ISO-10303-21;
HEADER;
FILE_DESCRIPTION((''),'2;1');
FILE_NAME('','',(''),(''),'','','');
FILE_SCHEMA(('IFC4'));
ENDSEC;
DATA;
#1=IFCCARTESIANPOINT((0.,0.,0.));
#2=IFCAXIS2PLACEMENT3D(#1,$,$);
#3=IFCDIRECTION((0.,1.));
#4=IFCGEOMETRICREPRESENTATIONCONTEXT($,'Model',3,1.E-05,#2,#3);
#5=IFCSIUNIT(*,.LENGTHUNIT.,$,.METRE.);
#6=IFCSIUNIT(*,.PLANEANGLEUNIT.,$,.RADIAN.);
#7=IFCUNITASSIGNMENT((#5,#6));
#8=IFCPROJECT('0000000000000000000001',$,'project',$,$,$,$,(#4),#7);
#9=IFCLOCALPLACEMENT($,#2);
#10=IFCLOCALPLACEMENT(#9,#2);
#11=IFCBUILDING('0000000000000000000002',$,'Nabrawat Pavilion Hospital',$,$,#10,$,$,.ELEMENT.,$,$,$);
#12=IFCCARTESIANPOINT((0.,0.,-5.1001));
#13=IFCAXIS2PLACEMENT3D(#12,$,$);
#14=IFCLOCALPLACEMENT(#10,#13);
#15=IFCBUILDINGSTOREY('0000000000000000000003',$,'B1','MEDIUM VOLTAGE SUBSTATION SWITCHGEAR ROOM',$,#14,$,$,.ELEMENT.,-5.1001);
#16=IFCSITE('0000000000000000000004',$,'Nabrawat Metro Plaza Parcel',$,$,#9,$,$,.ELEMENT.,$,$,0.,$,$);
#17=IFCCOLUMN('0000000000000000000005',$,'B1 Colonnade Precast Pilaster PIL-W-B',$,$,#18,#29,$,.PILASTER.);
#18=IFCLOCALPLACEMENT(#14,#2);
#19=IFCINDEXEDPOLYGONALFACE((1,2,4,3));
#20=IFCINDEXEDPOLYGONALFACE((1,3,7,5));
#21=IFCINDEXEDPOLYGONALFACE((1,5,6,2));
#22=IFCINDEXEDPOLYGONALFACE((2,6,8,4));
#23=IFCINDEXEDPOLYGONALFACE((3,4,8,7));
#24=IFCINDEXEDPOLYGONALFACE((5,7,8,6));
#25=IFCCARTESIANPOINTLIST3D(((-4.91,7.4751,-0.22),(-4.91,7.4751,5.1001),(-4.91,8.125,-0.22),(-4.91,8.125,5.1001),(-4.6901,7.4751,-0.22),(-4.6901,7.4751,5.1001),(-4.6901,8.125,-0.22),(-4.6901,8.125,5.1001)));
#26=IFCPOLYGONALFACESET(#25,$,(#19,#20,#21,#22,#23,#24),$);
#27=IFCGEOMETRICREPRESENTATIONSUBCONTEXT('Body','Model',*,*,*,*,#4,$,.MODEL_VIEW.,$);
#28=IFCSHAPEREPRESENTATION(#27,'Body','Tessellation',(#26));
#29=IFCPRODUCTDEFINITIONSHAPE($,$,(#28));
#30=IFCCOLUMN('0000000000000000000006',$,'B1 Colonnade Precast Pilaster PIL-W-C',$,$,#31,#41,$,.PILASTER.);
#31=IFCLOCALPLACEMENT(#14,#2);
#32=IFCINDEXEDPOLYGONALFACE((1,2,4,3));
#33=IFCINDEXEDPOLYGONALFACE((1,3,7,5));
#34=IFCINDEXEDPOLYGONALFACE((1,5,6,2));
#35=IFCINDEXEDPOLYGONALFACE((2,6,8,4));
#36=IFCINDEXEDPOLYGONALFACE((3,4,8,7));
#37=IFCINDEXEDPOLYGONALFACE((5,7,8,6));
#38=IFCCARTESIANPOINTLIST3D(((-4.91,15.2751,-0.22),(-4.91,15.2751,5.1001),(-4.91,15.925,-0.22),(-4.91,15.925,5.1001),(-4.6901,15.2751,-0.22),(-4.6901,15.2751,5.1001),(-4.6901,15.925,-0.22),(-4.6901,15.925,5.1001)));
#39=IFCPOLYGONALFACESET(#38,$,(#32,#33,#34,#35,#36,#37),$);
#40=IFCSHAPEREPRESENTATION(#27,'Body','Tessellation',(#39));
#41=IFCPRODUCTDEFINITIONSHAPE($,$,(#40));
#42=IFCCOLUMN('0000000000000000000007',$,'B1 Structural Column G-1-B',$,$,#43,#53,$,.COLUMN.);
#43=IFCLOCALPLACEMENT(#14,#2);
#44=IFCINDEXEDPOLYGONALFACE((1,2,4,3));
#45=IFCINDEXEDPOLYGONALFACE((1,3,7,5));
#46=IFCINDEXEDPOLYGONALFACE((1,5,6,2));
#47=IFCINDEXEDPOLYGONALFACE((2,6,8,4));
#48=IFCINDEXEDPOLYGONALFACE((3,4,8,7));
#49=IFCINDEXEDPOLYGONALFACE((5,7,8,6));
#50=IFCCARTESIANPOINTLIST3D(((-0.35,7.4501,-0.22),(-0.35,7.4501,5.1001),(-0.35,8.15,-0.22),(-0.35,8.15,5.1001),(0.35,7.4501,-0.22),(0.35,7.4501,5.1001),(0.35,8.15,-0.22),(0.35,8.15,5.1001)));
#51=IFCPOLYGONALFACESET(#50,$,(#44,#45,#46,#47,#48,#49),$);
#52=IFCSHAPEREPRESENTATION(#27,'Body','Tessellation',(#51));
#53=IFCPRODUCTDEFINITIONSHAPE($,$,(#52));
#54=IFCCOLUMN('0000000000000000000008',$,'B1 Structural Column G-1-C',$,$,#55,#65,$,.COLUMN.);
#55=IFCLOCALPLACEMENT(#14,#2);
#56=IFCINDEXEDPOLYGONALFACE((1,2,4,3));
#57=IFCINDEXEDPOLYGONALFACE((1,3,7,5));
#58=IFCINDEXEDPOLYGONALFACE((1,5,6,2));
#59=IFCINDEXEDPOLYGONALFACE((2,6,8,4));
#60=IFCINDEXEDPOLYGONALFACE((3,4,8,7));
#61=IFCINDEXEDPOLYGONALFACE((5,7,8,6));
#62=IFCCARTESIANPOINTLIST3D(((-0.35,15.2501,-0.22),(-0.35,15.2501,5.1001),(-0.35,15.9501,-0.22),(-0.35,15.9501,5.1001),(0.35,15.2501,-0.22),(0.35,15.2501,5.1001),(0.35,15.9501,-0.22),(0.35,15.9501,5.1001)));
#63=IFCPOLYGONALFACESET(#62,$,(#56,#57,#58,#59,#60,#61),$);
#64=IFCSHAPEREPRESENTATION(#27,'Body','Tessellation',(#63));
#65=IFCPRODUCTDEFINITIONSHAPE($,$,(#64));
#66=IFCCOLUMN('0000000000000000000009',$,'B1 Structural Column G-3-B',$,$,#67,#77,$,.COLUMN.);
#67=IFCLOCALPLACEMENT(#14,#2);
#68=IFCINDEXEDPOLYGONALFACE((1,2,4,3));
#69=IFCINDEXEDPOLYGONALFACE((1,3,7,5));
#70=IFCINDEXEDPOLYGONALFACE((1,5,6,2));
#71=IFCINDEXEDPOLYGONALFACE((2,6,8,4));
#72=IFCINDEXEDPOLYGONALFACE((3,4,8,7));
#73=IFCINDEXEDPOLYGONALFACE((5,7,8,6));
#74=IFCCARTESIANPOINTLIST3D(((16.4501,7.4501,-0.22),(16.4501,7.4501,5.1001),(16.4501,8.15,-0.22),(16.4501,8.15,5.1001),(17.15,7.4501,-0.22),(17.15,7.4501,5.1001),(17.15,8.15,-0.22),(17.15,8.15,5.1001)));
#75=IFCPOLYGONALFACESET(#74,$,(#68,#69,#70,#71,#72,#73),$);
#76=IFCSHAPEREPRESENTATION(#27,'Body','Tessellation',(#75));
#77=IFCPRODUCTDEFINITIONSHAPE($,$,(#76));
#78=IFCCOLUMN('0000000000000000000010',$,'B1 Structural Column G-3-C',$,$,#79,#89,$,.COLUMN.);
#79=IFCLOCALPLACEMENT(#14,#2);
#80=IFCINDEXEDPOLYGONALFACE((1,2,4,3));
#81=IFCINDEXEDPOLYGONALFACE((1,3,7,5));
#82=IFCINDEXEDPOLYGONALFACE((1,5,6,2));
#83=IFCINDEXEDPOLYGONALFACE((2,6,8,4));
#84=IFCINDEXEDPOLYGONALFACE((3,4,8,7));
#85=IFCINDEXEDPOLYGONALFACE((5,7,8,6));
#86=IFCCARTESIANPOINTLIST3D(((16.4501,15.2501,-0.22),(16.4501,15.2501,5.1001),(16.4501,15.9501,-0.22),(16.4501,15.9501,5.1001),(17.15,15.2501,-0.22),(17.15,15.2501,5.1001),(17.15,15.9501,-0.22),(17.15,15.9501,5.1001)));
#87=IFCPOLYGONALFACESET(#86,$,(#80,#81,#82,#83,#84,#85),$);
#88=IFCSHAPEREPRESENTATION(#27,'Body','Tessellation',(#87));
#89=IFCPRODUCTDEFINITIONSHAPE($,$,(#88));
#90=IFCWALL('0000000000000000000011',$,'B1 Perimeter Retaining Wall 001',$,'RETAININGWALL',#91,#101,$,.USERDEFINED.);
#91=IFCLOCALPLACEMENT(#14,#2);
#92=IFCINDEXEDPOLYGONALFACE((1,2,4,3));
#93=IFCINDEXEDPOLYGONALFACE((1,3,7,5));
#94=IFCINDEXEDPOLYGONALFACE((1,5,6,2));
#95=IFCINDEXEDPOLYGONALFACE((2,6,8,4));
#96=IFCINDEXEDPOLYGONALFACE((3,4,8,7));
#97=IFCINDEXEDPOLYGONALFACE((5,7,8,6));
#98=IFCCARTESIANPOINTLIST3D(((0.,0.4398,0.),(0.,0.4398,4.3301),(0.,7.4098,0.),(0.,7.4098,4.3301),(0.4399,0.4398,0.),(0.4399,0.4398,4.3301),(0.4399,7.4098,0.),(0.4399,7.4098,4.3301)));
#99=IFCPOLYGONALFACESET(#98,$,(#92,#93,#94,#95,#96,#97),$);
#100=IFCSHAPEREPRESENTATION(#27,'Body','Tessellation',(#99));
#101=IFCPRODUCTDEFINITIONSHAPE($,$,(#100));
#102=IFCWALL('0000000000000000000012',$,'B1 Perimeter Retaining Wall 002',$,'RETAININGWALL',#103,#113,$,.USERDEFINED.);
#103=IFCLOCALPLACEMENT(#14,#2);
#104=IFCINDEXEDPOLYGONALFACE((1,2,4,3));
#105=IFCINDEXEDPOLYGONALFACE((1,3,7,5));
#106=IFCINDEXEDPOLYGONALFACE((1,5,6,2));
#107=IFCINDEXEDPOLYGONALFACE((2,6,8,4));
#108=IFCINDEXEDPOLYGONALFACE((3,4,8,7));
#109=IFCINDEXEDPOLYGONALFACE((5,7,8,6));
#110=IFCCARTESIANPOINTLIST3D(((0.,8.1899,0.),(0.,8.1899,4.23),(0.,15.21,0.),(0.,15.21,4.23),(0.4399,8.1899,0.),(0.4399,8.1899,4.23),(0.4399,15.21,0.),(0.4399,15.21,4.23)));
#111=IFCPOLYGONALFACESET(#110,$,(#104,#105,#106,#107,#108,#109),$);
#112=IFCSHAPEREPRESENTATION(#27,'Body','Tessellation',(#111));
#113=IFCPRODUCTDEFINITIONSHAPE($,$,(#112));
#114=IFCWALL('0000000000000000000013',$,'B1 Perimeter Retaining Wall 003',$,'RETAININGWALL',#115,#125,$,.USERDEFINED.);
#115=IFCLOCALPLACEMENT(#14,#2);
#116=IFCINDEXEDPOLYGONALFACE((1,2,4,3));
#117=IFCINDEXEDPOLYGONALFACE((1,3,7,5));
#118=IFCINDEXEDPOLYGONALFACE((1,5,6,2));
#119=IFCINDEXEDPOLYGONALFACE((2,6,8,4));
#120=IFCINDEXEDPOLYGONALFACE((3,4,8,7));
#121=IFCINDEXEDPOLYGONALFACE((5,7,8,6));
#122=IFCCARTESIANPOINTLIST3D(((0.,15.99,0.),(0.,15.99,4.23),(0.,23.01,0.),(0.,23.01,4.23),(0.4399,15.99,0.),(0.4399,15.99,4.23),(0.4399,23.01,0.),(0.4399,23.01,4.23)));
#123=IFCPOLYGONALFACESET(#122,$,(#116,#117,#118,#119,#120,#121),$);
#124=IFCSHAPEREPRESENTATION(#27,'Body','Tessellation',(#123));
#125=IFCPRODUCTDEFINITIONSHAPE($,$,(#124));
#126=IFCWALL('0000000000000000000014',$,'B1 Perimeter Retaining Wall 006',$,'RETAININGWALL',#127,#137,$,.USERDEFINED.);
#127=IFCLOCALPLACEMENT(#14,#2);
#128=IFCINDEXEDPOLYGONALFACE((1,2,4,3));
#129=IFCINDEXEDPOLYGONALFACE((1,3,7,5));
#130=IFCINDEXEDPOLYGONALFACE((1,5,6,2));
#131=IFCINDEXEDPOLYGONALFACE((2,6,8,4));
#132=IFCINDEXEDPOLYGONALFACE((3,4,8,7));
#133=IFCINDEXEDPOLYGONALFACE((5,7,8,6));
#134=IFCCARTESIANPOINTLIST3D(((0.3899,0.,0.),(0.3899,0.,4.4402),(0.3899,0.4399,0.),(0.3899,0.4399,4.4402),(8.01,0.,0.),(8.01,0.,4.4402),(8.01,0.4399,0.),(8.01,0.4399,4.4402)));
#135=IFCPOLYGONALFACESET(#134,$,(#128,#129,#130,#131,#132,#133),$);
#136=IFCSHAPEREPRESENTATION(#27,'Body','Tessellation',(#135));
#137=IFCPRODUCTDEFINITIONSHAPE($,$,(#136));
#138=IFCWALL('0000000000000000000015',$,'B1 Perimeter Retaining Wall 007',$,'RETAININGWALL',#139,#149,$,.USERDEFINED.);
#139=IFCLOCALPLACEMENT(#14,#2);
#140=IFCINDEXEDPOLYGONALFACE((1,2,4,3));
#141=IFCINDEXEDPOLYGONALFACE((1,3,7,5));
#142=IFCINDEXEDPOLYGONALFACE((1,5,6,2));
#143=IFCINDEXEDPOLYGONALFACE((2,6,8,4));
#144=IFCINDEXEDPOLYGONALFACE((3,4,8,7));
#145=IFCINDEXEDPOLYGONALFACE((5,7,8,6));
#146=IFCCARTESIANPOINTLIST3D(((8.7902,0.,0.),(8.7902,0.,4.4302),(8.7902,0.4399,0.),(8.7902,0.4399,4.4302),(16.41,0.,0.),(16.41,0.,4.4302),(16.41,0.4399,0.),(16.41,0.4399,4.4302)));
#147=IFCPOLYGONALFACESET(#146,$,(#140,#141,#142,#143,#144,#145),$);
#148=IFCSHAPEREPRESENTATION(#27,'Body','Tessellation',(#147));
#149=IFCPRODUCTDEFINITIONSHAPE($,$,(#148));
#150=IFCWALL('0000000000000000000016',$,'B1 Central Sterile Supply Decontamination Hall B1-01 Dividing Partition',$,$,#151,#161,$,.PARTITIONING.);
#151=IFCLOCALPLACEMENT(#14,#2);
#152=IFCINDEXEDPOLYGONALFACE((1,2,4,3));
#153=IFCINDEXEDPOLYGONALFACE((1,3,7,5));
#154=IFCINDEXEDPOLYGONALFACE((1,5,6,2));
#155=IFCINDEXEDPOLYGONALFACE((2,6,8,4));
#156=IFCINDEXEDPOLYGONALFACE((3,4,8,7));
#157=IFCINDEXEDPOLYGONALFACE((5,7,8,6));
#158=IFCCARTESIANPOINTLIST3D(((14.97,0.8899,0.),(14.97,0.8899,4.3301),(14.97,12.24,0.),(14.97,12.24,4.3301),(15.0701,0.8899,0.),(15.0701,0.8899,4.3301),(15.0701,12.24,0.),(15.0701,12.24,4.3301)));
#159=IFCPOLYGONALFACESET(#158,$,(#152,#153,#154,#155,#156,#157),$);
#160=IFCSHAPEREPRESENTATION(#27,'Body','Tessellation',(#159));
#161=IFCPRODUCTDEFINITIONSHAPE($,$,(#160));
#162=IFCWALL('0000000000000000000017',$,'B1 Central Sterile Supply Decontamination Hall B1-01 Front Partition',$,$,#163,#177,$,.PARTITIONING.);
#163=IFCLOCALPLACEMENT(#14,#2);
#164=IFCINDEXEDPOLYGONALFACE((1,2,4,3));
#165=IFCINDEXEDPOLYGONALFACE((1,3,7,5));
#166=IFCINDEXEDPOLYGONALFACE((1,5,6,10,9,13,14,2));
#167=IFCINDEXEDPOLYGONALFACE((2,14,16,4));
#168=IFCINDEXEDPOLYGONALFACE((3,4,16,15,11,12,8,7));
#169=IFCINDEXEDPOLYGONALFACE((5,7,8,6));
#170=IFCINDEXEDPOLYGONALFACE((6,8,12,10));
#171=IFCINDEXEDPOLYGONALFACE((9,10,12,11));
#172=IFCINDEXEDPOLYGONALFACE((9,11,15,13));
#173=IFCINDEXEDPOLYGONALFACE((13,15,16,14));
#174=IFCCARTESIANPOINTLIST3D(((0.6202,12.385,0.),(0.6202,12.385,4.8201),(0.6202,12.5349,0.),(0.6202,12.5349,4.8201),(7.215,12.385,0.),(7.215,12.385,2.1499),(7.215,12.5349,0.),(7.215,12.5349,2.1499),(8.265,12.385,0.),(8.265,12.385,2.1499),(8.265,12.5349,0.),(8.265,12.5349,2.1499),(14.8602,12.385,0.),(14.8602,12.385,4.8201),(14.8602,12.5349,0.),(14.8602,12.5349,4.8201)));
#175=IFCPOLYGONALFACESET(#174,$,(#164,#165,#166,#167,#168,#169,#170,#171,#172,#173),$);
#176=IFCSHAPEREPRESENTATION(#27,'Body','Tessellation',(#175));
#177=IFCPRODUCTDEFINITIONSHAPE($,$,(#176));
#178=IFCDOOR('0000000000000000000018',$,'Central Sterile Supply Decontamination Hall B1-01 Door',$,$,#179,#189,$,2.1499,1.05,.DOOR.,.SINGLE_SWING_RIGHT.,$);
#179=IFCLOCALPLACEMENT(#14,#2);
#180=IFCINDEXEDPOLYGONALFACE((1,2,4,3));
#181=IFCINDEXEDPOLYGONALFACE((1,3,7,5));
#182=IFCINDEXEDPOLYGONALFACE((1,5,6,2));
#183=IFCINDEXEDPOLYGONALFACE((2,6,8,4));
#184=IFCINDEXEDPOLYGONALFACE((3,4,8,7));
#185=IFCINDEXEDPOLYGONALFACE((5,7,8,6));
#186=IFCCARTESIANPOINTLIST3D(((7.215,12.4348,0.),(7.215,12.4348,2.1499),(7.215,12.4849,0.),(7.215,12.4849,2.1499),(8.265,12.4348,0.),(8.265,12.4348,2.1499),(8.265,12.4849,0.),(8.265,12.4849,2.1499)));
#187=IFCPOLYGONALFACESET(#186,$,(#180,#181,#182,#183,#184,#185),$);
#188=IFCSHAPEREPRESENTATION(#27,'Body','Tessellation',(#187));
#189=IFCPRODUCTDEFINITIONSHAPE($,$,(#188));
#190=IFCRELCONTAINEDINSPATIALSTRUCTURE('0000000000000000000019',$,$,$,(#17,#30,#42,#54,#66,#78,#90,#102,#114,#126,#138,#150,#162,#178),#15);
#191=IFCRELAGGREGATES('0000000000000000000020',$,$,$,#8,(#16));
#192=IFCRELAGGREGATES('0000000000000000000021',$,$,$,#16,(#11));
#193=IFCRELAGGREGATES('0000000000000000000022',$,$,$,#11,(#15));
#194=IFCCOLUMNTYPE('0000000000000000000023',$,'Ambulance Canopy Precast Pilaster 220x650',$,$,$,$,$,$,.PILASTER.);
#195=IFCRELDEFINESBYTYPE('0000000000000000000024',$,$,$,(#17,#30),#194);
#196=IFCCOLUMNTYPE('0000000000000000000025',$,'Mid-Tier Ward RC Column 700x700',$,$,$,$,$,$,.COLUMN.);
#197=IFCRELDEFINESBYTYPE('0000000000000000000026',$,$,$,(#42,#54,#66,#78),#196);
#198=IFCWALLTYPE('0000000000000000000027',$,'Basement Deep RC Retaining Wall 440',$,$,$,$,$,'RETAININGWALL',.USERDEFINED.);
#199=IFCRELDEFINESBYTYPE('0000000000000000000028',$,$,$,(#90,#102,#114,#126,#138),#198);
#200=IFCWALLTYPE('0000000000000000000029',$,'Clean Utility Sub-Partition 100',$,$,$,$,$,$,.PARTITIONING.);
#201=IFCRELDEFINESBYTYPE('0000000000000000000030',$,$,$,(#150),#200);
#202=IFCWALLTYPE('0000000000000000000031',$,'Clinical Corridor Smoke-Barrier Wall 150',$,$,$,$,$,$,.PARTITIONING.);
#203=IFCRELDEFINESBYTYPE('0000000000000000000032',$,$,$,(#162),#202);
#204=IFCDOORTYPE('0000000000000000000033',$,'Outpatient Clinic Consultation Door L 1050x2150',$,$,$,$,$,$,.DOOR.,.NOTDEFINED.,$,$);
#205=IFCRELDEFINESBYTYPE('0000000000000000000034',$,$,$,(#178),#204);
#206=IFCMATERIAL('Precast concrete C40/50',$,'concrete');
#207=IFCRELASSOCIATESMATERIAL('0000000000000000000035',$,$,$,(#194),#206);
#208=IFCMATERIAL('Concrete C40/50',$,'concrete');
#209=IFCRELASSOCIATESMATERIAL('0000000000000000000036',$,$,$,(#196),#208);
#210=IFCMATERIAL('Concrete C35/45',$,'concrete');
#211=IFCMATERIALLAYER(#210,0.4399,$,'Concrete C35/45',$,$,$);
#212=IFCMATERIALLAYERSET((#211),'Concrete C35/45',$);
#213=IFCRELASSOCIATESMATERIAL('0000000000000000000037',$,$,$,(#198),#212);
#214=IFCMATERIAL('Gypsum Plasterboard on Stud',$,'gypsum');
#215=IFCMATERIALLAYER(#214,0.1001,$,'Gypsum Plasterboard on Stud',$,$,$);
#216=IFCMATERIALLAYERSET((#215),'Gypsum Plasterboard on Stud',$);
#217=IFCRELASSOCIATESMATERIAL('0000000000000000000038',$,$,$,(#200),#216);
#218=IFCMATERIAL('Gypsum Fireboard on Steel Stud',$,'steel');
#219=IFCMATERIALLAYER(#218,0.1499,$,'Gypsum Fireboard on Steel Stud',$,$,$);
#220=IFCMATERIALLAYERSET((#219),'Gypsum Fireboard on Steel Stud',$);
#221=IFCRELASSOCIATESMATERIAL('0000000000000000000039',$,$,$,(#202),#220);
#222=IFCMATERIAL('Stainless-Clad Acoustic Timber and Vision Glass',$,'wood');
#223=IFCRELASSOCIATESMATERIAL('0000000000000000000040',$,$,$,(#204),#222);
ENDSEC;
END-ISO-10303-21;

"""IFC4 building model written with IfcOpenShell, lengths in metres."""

from ifc_helpers import new_model, si_unit, direction, frame, frame_2d, origin, origin_2d, place, context, subcontext, project, spatial, rectangle, extrude, material, layer, layer_set, material_profile, profile_set, type_object, element, fill, save


model = new_model("IFC4")

# Units and contexts
model_context = context("Model", 3, precision=1e-05, world=origin(), true_north=direction((0.0, 1.0)))
body_context = subcontext(model_context, "Body", "Model", "MODEL_VIEW")
ifc_project = project(units=[si_unit("LENGTHUNIT", "METRE"), si_unit("PLANEANGLEUNIT", "RADIAN")], contexts=[model_context])

# Site, building, storey
site_placement = place(None, origin())
site = spatial("IfcSite", under=ifc_project, at=site_placement, Name="Nabrawat Metro Plaza Parcel", CompositionType="ELEMENT", RefElevation=0.0)
building_placement = place(site_placement, origin())
building = spatial("IfcBuilding", under=site, at=building_placement, Name="Nabrawat Pavilion Hospital", CompositionType="ELEMENT")
storey_placement = place(building_placement, frame((0.0, 0.0, -5.1001)))
storey = spatial("IfcBuildingStorey", under=building, at=storey_placement, Name="B1", Description="MEDIUM VOLTAGE SUBSTATION SWITCHGEAR ROOM", CompositionType="ELEMENT", Elevation=-5.1001)

# Shared definitions
ifc_material_1 = material(Name="Concrete C35/45", Category="concrete")

# Columns
ifc_material_2 = material(Name="Precast concrete C40/50", Category="concrete")
ifc_material_profile_1 = material_profile(ifc_material_2, rectangle(XDim=0.22, YDim=0.6499, at=origin_2d()), Name="PC 220x650")
ifc_profile_set_1 = profile_set([ifc_material_profile_1], Name="Precast concrete C40/50")
column_type_1 = type_object("IfcColumnType", Name="Ambulance Canopy Precast Pilaster 220x650", PredefinedType="PILASTER", material=ifc_profile_set_1)
for number, where, z_axis, x_axis, name in (
    (1, (-4.8, 7.8, -0.22), (0.0, 0.0, 1.0), (1.0, 0.0, 0.0), "B1 Colonnade Precast Pilaster PIL-W-B"),
    (2, (-4.8, 15.6001, -0.22), (0.0, 0.0, 1.0), (1.0, 0.0, 0.0), "B1 Colonnade Precast Pilaster PIL-W-C"),
):
    element("IfcColumn", number, at=place(storey_placement, frame(where, z_axis=z_axis, x_axis=x_axis)), inside=storey, type_object=column_type_1, Name=name, PredefinedType="PILASTER", context=body_context, shape_type="SweptSolid", body=[
        extrude(rectangle(XDim=0.22, YDim=0.6499, at=origin_2d()), origin(), (0.0, 0.0, 1.0), 5.3201),
    ])
ifc_material_3 = material(Name="Concrete C40/50", Category="concrete")
ifc_material_profile_2 = material_profile(ifc_material_3, rectangle(XDim=0.7, YDim=0.7, at=origin_2d()), Name="RC 700x700")
ifc_profile_set_2 = profile_set([ifc_material_profile_2], Name="Concrete C40/50")
column_type_2 = type_object("IfcColumnType", Name="Mid-Tier Ward RC Column 700x700", PredefinedType="COLUMN", material=ifc_profile_set_2)
for number, where, z_axis, x_axis, name in (
    (3, (0.0, 7.8, -0.22), (0.0, 0.0, 1.0), (1.0, 0.0, 0.0), "B1 Structural Column G-1-B"),
    (4, (0.0, 15.6001, -0.22), (0.0, 0.0, 1.0), (1.0, 0.0, 0.0), "B1 Structural Column G-1-C"),
    (5, (16.8, 7.8, -0.22), (0.0, 0.0, 1.0), (1.0, 0.0, 0.0), "B1 Structural Column G-3-B"),
    (6, (16.8, 15.6001, -0.22), (0.0, 0.0, 1.0), (1.0, 0.0, 0.0), "B1 Structural Column G-3-C"),
):
    element("IfcColumn", number, at=place(storey_placement, frame(where, z_axis=z_axis, x_axis=x_axis)), inside=storey, type_object=column_type_2, Name=name, PredefinedType="COLUMN", context=body_context, shape_type="SweptSolid", body=[
        extrude(rectangle(XDim=0.7, YDim=0.7, at=origin_2d()), origin(), (0.0, 0.0, 1.0), 5.3201),
    ])

# Walls
ifc_layer_1 = layer(ifc_material_1, 0.4399, Name="Concrete C35/45")
ifc_layer_set_1 = layer_set([ifc_layer_1], Name="Concrete C35/45")
wall_type_1 = type_object("IfcWallType", Name="Basement Deep RC Retaining Wall 440", ElementType="RETAININGWALL", PredefinedType="USERDEFINED", material=ifc_layer_set_1)
wall_1_placement = place(storey_placement, frame((0.22, 0.4399, 0.0), z_axis=(0.0, 0.0, 1.0), x_axis=(0.0, 1.0, 0.0)))
element("IfcWall", 7, at=wall_1_placement, inside=storey, type_object=wall_type_1, Name="B1 Perimeter Retaining Wall 001", ObjectType="RETAININGWALL", PredefinedType="USERDEFINED", context=body_context, shape_type="SweptSolid", body=[
    extrude(rectangle(XDim=6.97, YDim=0.4399, at=frame_2d((3.4849, 0.0))), origin(), (0.0, 0.0, 1.0), 4.3301),
])
for number, where, z_axis, x_axis, name in (
    (8, (0.22, 8.1899, 0.0), (0.0, 0.0, 1.0), (0.0, 1.0, 0.0), "B1 Perimeter Retaining Wall 002"),
    (9, (0.22, 15.99, 0.0), (0.0, 0.0, 1.0), (0.0, 1.0, 0.0), "B1 Perimeter Retaining Wall 003"),
):
    element("IfcWall", number, at=place(storey_placement, frame(where, z_axis=z_axis, x_axis=x_axis)), inside=storey, type_object=wall_type_1, Name=name, ObjectType="RETAININGWALL", PredefinedType="USERDEFINED", context=body_context, shape_type="SweptSolid", body=[
        extrude(rectangle(XDim=7.02, YDim=0.4399, at=frame_2d((3.51, 0.0))), origin(), (0.0, 0.0, 1.0), 4.23),
    ])
wall_2_placement = place(storey_placement, frame((0.3899, 0.22, 0.0), z_axis=(0.0, 0.0, 1.0), x_axis=(1.0, 0.0, 0.0)))
element("IfcWall", 10, at=wall_2_placement, inside=storey, type_object=wall_type_1, Name="B1 Perimeter Retaining Wall 006", ObjectType="RETAININGWALL", PredefinedType="USERDEFINED", context=body_context, shape_type="SweptSolid", body=[
    extrude(rectangle(XDim=7.6201, YDim=0.4399, at=frame_2d((3.8101, 0.0))), origin(), (0.0, 0.0, 1.0), 4.4402),
])
wall_3_placement = place(storey_placement, frame((8.79, 0.22, 0.0), z_axis=(0.0, 0.0, 1.0), x_axis=(1.0, 0.0, 0.0)))
element("IfcWall", 11, at=wall_3_placement, inside=storey, type_object=wall_type_1, Name="B1 Perimeter Retaining Wall 007", ObjectType="RETAININGWALL", PredefinedType="USERDEFINED", context=body_context, shape_type="SweptSolid", body=[
    extrude(rectangle(XDim=7.6199, YDim=0.4399, at=frame_2d((3.8101, 0.0))), origin(), (0.0, 0.0, 1.0), 4.4302),
])
ifc_material_4 = material(Name="Gypsum Plasterboard on Stud", Category="gypsum")
ifc_layer_2 = layer(ifc_material_4, 0.1001, Name="Gypsum Plasterboard on Stud")
ifc_layer_set_2 = layer_set([ifc_layer_2], Name="Gypsum Plasterboard on Stud")
wall_type_2 = type_object("IfcWallType", Name="Clean Utility Sub-Partition 100", PredefinedType="PARTITIONING", material=ifc_layer_set_2)
wall_4_placement = place(storey_placement, frame((15.02, 0.8899, 0.0), z_axis=(0.0, 0.0, 1.0), x_axis=(0.0, 1.0, 0.0)))
element("IfcWall", 12, at=wall_4_placement, inside=storey, type_object=wall_type_2, Name="B1 Central Sterile Supply Decontamination Hall B1-01 Dividing Partition", PredefinedType="PARTITIONING", context=body_context, shape_type="SweptSolid", body=[
    extrude(rectangle(XDim=11.3501, YDim=0.1001, at=frame_2d((5.675, 0.0))), origin(), (0.0, 0.0, 1.0), 4.3301),
])

# Wall, opening, door
ifc_material_5 = material(Name="Gypsum Fireboard on Steel Stud", Category="steel")
ifc_layer_3 = layer(ifc_material_5, 0.1499, Name="Gypsum Fireboard on Steel Stud")
ifc_layer_set_3 = layer_set([ifc_layer_3], Name="Gypsum Fireboard on Steel Stud")
wall_type_3 = type_object("IfcWallType", Name="Clinical Corridor Smoke-Barrier Wall 150", PredefinedType="PARTITIONING", material=ifc_layer_set_3)
wall_5_placement = place(storey_placement, frame((0.6201, 12.46, 0.0), z_axis=(0.0, 0.0, 1.0), x_axis=(1.0, 0.0, 0.0)))
wall_5 = element("IfcWall", 13, at=wall_5_placement, inside=storey, type_object=wall_type_3, Name="B1 Central Sterile Supply Decontamination Hall B1-01 Front Partition", PredefinedType="PARTITIONING", context=body_context, shape_type="SweptSolid", body=[
    extrude(rectangle(XDim=14.24, YDim=0.1499, at=frame_2d((7.1201, 0.0))), origin(), (0.0, 0.0, 1.0), 4.8201),
])
opening_1_placement = place(wall_5_placement, frame((6.595, 0.0, 0.0)))
opening_1 = element("IfcOpeningElement", 14, at=opening_1_placement, cuts=wall_5, PredefinedType="OPENING", context=body_context, shape_type="SweptSolid", body=[
    extrude(rectangle(XDim=1.05, YDim=2.1499, at=frame_2d((0.5249, 1.075))), frame((0.0, 0.085, 0.0), z_axis=(0.0, -1.0, 0.0), x_axis=(1.0, 0.0, 0.0)), (0.0, 0.0, 1.0), 0.1699),
])
ifc_material_6 = material(Name="Stainless-Clad Acoustic Timber and Vision Glass", Category="wood")
door_type_1 = type_object("IfcDoorType", Name="Outpatient Clinic Consultation Door L 1050x2150", OperationType="NOTDEFINED", PredefinedType="DOOR", material=ifc_material_6)
door_1_placement = place(opening_1_placement, origin())
door_1 = element("IfcDoor", 15, at=door_1_placement, inside=storey, type_object=door_type_1, Name="Central Sterile Supply Decontamination Hall B1-01 Door", OperationType="SINGLE_SWING_RIGHT", OverallHeight=2.1499, OverallWidth=1.05, PredefinedType="DOOR", context=body_context, shape_type="SweptSolid", body=[
    extrude(rectangle(XDim=1.05, YDim=2.1499, at=frame_2d((0.5249, 1.075))), frame((0.0, 0.0249, 0.0), z_axis=(0.0, -1.0, 0.0), x_axis=(1.0, 0.0, 0.0)), (0.0, 0.0, 1.0), 0.05),
])
fill(opening_1, door_1)

save(model, "model.ifc")
